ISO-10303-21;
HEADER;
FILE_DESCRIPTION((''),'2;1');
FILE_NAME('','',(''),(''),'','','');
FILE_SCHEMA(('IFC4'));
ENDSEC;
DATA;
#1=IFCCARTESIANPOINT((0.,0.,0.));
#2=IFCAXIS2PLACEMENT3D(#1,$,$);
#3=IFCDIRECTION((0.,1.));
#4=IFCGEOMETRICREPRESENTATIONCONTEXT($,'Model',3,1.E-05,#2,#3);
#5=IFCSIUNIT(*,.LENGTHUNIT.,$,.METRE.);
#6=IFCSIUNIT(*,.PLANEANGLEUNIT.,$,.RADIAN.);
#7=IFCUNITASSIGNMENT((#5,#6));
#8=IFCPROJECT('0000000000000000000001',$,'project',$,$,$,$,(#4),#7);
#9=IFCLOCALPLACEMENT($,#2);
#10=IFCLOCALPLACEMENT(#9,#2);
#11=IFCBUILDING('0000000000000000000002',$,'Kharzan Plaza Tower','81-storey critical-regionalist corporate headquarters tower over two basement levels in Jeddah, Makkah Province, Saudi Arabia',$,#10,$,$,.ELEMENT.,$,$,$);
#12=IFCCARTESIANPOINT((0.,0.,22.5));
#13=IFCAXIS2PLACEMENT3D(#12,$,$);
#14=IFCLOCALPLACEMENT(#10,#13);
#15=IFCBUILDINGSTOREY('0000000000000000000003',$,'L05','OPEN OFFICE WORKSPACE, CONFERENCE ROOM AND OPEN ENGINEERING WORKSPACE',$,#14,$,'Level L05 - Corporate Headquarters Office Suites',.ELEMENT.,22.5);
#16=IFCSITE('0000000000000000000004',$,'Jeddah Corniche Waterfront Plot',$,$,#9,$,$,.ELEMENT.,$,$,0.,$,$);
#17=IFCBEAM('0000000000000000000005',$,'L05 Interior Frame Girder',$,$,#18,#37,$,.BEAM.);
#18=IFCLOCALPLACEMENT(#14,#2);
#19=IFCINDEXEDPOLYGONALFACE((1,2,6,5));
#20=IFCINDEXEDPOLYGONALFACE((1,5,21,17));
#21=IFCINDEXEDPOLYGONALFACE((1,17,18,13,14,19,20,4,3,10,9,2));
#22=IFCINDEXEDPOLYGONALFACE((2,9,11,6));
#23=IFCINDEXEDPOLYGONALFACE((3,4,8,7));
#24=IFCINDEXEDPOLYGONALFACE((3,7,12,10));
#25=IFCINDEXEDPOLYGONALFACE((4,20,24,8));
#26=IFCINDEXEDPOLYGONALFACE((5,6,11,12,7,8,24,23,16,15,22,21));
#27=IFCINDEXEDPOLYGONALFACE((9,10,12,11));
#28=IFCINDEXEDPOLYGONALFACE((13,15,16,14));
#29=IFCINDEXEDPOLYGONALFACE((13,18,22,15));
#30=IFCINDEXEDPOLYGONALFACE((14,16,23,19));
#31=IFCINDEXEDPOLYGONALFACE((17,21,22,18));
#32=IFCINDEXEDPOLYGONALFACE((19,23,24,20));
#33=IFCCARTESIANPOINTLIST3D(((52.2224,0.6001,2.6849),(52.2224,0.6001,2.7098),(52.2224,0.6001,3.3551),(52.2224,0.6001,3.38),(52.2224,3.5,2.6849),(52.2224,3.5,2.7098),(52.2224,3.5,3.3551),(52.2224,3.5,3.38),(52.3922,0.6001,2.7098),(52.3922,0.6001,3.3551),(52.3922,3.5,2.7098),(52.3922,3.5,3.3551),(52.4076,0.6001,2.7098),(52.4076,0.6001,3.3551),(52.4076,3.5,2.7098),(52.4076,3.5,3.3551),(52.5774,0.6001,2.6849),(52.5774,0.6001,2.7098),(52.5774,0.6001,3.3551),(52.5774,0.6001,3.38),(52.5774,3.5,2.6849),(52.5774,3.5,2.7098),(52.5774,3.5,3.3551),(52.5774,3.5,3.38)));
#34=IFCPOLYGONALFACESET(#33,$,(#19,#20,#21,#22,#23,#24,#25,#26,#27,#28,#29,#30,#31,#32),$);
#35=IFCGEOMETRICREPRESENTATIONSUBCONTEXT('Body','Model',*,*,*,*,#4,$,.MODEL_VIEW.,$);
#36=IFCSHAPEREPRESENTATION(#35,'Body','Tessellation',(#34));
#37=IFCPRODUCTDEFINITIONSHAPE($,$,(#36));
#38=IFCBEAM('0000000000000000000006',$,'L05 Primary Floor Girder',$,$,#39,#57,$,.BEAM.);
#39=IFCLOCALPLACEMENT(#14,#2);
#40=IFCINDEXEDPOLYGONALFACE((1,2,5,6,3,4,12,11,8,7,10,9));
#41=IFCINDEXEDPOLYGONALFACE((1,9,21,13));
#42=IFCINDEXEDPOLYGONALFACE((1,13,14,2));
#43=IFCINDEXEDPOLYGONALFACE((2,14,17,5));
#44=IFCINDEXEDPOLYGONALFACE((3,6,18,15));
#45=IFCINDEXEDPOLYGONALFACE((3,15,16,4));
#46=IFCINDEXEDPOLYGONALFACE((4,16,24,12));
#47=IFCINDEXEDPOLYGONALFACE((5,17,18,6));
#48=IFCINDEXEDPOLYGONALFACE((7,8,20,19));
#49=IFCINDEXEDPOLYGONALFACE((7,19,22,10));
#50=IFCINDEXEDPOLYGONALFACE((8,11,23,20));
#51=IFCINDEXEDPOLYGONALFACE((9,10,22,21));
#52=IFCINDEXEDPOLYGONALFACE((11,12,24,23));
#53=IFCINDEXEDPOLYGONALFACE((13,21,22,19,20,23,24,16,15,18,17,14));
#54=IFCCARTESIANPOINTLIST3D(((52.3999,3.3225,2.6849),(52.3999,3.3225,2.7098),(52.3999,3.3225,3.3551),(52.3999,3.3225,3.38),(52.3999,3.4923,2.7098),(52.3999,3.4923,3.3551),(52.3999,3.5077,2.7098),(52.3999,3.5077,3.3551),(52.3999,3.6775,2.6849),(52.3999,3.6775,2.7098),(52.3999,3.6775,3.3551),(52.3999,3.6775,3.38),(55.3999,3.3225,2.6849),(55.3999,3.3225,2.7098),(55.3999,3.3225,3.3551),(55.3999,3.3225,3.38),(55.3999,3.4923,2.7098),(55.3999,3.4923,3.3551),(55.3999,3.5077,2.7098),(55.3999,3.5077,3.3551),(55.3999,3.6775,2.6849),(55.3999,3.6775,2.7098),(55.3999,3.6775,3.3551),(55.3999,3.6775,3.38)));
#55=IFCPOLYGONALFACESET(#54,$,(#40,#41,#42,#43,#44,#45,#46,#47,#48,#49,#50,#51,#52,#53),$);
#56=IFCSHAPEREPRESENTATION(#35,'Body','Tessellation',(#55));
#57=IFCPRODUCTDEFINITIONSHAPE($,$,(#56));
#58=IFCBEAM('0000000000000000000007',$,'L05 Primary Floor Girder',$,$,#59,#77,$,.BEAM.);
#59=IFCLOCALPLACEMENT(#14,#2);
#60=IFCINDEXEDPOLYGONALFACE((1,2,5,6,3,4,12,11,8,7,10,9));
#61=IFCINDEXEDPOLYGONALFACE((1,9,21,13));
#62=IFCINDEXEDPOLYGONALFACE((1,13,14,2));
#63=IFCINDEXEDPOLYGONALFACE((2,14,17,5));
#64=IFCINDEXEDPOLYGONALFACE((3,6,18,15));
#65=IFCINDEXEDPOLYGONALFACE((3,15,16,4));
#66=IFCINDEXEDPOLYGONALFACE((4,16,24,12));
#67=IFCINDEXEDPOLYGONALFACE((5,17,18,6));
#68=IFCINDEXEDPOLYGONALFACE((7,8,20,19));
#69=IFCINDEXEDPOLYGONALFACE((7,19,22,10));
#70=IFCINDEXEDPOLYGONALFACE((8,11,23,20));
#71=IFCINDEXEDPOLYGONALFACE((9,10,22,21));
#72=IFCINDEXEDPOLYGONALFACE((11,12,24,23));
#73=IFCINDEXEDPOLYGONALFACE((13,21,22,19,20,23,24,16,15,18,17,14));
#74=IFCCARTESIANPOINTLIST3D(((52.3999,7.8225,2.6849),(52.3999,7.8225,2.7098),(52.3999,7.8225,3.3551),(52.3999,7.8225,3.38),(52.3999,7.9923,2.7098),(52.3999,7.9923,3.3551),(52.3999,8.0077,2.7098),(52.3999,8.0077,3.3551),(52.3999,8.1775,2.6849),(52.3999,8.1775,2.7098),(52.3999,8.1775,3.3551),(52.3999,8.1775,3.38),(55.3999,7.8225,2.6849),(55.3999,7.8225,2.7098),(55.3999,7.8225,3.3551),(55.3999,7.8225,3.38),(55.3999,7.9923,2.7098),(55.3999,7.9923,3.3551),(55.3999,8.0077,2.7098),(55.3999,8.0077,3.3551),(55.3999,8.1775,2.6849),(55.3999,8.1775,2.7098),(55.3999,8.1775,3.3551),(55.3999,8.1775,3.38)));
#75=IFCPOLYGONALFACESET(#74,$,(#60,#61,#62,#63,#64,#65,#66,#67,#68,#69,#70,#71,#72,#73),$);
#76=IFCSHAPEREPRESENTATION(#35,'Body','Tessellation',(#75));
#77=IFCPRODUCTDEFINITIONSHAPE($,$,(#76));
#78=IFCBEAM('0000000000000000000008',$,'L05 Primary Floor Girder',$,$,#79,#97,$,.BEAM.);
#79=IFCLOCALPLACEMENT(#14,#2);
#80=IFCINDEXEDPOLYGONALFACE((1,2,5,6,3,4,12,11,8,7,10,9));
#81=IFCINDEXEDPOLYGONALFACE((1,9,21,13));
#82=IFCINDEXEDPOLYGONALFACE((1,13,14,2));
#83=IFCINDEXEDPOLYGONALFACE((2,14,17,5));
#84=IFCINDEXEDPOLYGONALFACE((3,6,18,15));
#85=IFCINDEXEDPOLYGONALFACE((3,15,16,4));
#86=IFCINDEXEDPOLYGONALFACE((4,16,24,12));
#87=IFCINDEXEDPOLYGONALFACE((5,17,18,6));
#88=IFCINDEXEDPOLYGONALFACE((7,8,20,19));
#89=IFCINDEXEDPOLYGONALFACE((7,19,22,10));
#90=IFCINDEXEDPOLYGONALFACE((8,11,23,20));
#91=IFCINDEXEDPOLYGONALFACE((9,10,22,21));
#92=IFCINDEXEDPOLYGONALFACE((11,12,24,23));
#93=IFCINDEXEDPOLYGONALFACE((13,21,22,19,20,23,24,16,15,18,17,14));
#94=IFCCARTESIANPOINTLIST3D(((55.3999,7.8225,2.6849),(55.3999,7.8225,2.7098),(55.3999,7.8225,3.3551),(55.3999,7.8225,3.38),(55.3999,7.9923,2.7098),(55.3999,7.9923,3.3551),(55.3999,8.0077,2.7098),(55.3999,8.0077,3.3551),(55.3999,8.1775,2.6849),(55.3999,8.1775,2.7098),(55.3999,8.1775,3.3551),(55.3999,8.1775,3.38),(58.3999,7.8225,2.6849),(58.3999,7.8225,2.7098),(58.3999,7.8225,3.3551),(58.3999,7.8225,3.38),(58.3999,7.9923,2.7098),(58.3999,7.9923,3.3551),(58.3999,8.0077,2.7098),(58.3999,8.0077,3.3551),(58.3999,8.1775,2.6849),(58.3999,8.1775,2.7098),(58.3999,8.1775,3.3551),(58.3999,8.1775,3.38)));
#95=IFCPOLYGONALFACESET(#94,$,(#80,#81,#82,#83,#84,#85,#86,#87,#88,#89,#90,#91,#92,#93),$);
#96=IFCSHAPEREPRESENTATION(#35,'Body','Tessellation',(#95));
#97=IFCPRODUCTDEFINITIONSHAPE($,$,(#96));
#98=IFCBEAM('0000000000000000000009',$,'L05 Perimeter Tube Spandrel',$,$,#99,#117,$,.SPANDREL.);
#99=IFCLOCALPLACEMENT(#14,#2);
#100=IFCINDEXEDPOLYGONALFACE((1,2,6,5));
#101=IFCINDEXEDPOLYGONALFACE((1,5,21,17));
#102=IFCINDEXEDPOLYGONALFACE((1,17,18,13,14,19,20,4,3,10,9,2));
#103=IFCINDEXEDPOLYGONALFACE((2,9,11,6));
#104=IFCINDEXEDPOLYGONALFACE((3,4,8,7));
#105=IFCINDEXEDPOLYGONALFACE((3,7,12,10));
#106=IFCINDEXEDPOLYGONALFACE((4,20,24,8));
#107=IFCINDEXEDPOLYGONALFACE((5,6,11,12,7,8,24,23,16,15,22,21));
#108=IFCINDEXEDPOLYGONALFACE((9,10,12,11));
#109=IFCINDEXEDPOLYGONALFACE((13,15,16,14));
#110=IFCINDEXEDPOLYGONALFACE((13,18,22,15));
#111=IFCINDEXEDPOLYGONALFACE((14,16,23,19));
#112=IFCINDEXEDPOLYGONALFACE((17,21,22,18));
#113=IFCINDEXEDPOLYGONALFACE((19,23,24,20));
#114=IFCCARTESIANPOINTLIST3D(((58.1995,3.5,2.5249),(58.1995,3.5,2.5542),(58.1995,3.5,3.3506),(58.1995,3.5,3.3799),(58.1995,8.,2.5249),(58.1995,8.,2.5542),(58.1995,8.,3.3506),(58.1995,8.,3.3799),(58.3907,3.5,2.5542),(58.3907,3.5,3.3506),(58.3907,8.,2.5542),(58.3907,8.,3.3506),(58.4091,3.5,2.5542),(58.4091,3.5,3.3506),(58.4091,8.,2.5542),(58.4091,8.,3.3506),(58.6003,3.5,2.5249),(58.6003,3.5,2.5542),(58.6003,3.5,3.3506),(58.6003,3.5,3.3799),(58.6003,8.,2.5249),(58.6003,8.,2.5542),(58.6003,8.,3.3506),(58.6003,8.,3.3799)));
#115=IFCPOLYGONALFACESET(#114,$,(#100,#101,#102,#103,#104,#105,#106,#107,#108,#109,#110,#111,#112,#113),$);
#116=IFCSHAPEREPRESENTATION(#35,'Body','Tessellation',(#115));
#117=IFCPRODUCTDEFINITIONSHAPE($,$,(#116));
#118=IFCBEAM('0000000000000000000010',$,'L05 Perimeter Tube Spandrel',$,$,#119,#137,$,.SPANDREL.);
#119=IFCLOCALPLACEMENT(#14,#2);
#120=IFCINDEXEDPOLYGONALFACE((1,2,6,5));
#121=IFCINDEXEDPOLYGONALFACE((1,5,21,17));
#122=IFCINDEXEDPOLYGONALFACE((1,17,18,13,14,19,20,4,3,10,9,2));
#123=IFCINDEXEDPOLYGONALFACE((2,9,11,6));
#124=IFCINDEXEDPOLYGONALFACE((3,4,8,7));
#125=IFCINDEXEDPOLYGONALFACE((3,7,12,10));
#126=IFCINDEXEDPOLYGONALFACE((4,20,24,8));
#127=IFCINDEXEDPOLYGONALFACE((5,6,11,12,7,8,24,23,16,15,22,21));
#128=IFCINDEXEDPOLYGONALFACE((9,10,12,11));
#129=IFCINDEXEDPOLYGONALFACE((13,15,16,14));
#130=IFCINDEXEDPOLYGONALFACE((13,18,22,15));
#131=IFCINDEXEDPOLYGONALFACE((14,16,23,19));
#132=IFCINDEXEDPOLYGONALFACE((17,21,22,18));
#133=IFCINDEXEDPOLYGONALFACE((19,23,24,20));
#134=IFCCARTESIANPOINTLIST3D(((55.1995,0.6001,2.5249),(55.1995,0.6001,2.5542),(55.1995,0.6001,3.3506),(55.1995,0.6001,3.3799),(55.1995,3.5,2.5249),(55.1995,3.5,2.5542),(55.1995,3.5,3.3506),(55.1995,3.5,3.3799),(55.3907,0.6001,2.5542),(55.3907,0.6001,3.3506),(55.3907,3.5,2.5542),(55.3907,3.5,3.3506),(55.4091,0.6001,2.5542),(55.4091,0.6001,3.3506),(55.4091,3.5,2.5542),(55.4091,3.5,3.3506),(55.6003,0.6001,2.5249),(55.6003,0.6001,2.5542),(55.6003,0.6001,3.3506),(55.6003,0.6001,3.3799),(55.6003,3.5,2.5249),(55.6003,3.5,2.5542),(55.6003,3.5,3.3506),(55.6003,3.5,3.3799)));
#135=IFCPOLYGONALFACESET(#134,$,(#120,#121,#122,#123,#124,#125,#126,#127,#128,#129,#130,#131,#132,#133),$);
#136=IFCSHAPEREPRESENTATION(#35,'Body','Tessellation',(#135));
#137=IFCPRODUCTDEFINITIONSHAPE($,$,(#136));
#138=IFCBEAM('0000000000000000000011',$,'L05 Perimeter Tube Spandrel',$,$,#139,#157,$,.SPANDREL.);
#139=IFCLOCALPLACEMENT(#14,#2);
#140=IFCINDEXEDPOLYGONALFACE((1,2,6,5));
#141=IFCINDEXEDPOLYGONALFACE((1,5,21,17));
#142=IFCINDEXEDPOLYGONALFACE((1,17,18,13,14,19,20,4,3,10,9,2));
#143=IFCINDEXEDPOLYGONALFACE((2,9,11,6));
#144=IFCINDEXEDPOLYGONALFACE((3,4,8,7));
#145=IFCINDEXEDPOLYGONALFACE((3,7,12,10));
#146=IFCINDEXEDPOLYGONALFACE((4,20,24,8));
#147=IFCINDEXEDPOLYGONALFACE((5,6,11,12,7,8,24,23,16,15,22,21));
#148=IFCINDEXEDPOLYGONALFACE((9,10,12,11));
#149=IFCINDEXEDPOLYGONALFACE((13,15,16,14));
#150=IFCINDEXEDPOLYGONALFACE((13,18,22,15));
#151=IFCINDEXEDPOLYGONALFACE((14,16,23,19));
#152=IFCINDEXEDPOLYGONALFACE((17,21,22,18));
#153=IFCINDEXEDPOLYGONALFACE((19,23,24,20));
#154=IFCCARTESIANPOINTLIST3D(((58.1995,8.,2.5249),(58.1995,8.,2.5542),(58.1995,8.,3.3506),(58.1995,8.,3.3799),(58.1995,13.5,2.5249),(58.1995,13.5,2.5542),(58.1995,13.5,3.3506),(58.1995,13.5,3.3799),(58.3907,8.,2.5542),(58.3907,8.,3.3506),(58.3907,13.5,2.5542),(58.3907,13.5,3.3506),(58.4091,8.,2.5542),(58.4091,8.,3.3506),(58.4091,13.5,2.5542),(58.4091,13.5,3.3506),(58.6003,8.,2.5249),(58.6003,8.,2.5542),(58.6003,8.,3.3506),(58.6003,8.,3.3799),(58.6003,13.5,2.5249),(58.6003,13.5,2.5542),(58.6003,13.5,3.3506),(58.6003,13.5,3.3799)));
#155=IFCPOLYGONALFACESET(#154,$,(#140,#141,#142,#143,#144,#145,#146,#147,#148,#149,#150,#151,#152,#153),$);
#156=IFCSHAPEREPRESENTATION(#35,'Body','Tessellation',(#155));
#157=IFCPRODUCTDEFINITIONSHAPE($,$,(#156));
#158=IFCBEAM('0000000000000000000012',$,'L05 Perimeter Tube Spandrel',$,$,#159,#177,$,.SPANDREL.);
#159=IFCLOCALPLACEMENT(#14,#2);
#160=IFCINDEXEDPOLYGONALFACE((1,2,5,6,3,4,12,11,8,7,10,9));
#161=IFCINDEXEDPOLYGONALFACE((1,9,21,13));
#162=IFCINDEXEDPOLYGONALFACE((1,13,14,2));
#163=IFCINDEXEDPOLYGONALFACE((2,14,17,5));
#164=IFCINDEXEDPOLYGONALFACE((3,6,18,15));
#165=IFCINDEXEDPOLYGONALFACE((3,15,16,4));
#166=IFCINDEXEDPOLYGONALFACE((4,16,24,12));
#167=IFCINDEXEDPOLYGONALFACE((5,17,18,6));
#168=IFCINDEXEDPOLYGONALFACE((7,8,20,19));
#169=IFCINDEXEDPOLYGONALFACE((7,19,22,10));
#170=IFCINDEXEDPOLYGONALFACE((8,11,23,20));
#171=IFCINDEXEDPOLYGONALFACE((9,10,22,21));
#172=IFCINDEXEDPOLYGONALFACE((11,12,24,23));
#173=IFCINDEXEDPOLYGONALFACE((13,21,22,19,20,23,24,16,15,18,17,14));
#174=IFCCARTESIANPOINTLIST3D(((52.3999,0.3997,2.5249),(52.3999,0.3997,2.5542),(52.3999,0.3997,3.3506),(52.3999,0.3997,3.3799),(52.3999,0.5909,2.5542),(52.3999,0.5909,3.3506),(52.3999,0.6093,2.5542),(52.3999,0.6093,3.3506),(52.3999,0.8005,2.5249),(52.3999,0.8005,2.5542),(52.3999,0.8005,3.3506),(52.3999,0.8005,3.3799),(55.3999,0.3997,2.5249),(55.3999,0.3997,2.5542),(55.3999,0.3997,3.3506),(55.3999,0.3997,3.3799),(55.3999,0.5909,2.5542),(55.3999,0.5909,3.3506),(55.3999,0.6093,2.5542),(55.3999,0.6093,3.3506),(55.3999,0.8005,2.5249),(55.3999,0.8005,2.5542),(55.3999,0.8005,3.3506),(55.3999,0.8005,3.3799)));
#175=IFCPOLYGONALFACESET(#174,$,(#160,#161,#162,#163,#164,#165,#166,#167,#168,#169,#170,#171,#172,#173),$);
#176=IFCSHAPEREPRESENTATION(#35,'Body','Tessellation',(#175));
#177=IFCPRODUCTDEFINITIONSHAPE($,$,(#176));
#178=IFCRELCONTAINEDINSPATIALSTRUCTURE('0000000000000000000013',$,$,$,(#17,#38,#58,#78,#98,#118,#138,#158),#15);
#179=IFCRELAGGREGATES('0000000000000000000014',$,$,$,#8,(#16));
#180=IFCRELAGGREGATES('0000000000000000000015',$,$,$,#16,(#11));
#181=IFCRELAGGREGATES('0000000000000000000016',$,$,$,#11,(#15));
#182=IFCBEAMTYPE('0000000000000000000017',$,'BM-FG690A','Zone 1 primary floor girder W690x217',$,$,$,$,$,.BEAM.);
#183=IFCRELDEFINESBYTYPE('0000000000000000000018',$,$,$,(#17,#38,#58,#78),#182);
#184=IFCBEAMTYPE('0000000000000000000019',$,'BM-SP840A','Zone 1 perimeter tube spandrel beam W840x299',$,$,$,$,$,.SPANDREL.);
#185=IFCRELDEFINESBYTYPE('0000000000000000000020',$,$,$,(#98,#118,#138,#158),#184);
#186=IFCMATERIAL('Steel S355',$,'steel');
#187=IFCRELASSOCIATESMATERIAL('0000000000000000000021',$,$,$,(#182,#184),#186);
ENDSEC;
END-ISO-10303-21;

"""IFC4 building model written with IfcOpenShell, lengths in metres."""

from ifc_helpers import new_model, si_unit, direction, frame, origin, origin_2d, place, context, subcontext, project, spatial, i_section, extrude, source, transform, mapped, material, material_profile, profile_set, type_object, element, save


model = new_model("IFC4")

# Units and contexts
model_context = context("Model", 3, precision=1e-05, world=origin(), true_north=direction((0.0, 1.0)))
body_context = subcontext(model_context, "Body", "Model", "MODEL_VIEW")
ifc_project = project(units=[si_unit("LENGTHUNIT", "METRE"), si_unit("PLANEANGLEUNIT", "RADIAN")], contexts=[model_context])

# Site, building, storey
site_placement = place(None, origin())
site = spatial("IfcSite", under=ifc_project, at=site_placement, Name="Jeddah Corniche Waterfront Plot", CompositionType="ELEMENT", RefElevation=0.0)
building_placement = place(site_placement, origin())
building = spatial("IfcBuilding", under=site, at=building_placement, Name="Kharzan Plaza Tower", Description="81-storey critical-regionalist corporate headquarters tower over two basement levels in Jeddah, Makkah Province, Saudi Arabia", CompositionType="ELEMENT")
storey_placement = place(building_placement, frame((0.0, 0.0, 22.5)))
storey = spatial("IfcBuildingStorey", under=building, at=storey_placement, Name="L05", Description="OPEN OFFICE WORKSPACE, CONFERENCE ROOM AND OPEN ENGINEERING WORKSPACE", LongName="Level L05 - Corporate Headquarters Office Suites", CompositionType="ELEMENT", Elevation=22.5)

# Beams
ifc_material_1 = material(Name="Steel S355", Category="steel")
ifc_material_profile_1 = material_profile(ifc_material_1, i_section(OverallWidth=0.355, OverallDepth=0.6951, WebThickness=0.0154, FlangeThickness=0.0249, at=origin_2d()), Name="W690x217")
ifc_profile_set_1 = profile_set([ifc_material_profile_1], Name="Steel S355")
beam_type_1 = type_object("IfcBeamType", Name="BM-FG690A", Description="Zone 1 primary floor girder W690x217", PredefinedType="BEAM", material=ifc_profile_set_1)
shared_shape_1 = source(origin(), body_context, "Body", "SweptSolid", [
    extrude(i_section(OverallWidth=0.355, OverallDepth=0.6951, WebThickness=0.0154, FlangeThickness=0.0249, at=origin_2d()), origin(), (0.0, 0.0, 1.0), 2.8999),
])
beam_1_placement = place(storey_placement, frame((52.3999, 0.6001, 3.0325), z_axis=(0.0, 1.0, 0.0), x_axis=(-1.0, 0.0, 0.0)))
element("IfcBeam", 1, at=beam_1_placement, inside=storey, type_object=beam_type_1, Name="L05 Interior Frame Girder", PredefinedType="BEAM", context=body_context, shape_type="MappedRepresentation", body=[
    mapped(shared_shape_1, transform((0.0, 0.0, 0.0), x_axis=(1.0, 0.0, 0.0), y_axis=(0.0, 1.0, 0.0), z_axis=(0.0, 0.0, 1.0))),
])
shared_shape_2 = source(origin(), body_context, "Body", "SweptSolid", [
    extrude(i_section(OverallWidth=0.355, OverallDepth=0.6951, WebThickness=0.0154, FlangeThickness=0.0249, at=origin_2d()), origin(), (0.0, 0.0, 1.0), 3.0),
])
for number, where, z_axis, x_axis, name in (
    (2, (52.3999, 3.5, 3.0325), (1.0, 0.0, 0.0), (0.0, 1.0, 0.0), "L05 Primary Floor Girder"),
    (3, (52.3999, 8.0, 3.0325), (1.0, 0.0, 0.0), (0.0, 1.0, 0.0), "L05 Primary Floor Girder"),
    (4, (55.3999, 8.0, 3.0325), (1.0, 0.0, 0.0), (0.0, 1.0, 0.0), "L05 Primary Floor Girder"),
):
    element("IfcBeam", number, at=place(storey_placement, frame(where, z_axis=z_axis, x_axis=x_axis)), inside=storey, type_object=beam_type_1, Name=name, PredefinedType="BEAM", context=body_context, shape_type="MappedRepresentation", body=[
        mapped(shared_shape_2, transform((0.0, 0.0, 0.0), x_axis=(1.0, 0.0, 0.0), y_axis=(0.0, 1.0, 0.0), z_axis=(0.0, 0.0, 1.0))),
    ])
ifc_material_profile_2 = material_profile(ifc_material_1, i_section(OverallWidth=0.4009, OverallDepth=0.855, WebThickness=0.0183, FlangeThickness=0.0293, at=origin_2d()), Name="W840x299")
ifc_profile_set_2 = profile_set([ifc_material_profile_2], Name="Steel S355")
beam_type_2 = type_object("IfcBeamType", Name="BM-SP840A", Description="Zone 1 perimeter tube spandrel beam W840x299", PredefinedType="SPANDREL", material=ifc_profile_set_2)
shared_shape_3 = source(origin(), body_context, "Body", "SweptSolid", [
    extrude(i_section(OverallWidth=0.4009, OverallDepth=0.855, WebThickness=0.0183, FlangeThickness=0.0293, at=origin_2d()), origin(), (0.0, 0.0, 1.0), 4.5),
])
beam_2_placement = place(storey_placement, frame((58.3999, 3.5, 2.9524), z_axis=(0.0, 1.0, 0.0), x_axis=(-1.0, 0.0, 0.0)))
element("IfcBeam", 5, at=beam_2_placement, inside=storey, type_object=beam_type_2, Name="L05 Perimeter Tube Spandrel", PredefinedType="SPANDREL", context=body_context, shape_type="MappedRepresentation", body=[
    mapped(shared_shape_3, transform((0.0, 0.0, 0.0), x_axis=(1.0, 0.0, 0.0), y_axis=(0.0, 1.0, 0.0), z_axis=(0.0, 0.0, 1.0))),
])
shared_shape_4 = source(origin(), body_context, "Body", "SweptSolid", [
    extrude(i_section(OverallWidth=0.4009, OverallDepth=0.855, WebThickness=0.0183, FlangeThickness=0.0293, at=origin_2d()), origin(), (0.0, 0.0, 1.0), 2.8999),
])
beam_3_placement = place(storey_placement, frame((55.3999, 0.6001, 2.9524), z_axis=(0.0, 1.0, 0.0), x_axis=(-1.0, 0.0, 0.0)))
element("IfcBeam", 6, at=beam_3_placement, inside=storey, type_object=beam_type_2, Name="L05 Perimeter Tube Spandrel", PredefinedType="SPANDREL", context=body_context, shape_type="MappedRepresentation", body=[
    mapped(shared_shape_4, transform((0.0, 0.0, 0.0), x_axis=(1.0, 0.0, 0.0), y_axis=(0.0, 1.0, 0.0), z_axis=(0.0, 0.0, 1.0))),
])
shared_shape_5 = source(origin(), body_context, "Body", "SweptSolid", [
    extrude(i_section(OverallWidth=0.4009, OverallDepth=0.855, WebThickness=0.0183, FlangeThickness=0.0293, at=origin_2d()), origin(), (0.0, 0.0, 1.0), 5.5),
])
beam_4_placement = place(storey_placement, frame((58.3999, 8.0, 2.9524), z_axis=(0.0, 1.0, 0.0), x_axis=(-1.0, 0.0, 0.0)))
element("IfcBeam", 7, at=beam_4_placement, inside=storey, type_object=beam_type_2, Name="L05 Perimeter Tube Spandrel", PredefinedType="SPANDREL", context=body_context, shape_type="MappedRepresentation", body=[
    mapped(shared_shape_5, transform((0.0, 0.0, 0.0), x_axis=(1.0, 0.0, 0.0), y_axis=(0.0, 1.0, 0.0), z_axis=(0.0, 0.0, 1.0))),
])
shared_shape_6 = source(origin(), body_context, "Body", "SweptSolid", [
    extrude(i_section(OverallWidth=0.4009, OverallDepth=0.855, WebThickness=0.0183, FlangeThickness=0.0293, at=origin_2d()), origin(), (0.0, 0.0, 1.0), 3.0),
])
for number, where, z_axis, x_axis, name in (
    (8, (52.3999, 0.6001, 2.9524), (1.0, 0.0, 0.0), (0.0, 1.0, 0.0), "L05 Perimeter Tube Spandrel"),
):
    element("IfcBeam", number, at=place(storey_placement, frame(where, z_axis=z_axis, x_axis=x_axis)), inside=storey, type_object=beam_type_2, Name=name, PredefinedType="SPANDREL", context=body_context, shape_type="MappedRepresentation", body=[
        mapped(shared_shape_6, transform((0.0, 0.0, 0.0), x_axis=(1.0, 0.0, 0.0), y_axis=(0.0, 1.0, 0.0), z_axis=(0.0, 0.0, 1.0))),
    ])

save(model, "model.ifc")
